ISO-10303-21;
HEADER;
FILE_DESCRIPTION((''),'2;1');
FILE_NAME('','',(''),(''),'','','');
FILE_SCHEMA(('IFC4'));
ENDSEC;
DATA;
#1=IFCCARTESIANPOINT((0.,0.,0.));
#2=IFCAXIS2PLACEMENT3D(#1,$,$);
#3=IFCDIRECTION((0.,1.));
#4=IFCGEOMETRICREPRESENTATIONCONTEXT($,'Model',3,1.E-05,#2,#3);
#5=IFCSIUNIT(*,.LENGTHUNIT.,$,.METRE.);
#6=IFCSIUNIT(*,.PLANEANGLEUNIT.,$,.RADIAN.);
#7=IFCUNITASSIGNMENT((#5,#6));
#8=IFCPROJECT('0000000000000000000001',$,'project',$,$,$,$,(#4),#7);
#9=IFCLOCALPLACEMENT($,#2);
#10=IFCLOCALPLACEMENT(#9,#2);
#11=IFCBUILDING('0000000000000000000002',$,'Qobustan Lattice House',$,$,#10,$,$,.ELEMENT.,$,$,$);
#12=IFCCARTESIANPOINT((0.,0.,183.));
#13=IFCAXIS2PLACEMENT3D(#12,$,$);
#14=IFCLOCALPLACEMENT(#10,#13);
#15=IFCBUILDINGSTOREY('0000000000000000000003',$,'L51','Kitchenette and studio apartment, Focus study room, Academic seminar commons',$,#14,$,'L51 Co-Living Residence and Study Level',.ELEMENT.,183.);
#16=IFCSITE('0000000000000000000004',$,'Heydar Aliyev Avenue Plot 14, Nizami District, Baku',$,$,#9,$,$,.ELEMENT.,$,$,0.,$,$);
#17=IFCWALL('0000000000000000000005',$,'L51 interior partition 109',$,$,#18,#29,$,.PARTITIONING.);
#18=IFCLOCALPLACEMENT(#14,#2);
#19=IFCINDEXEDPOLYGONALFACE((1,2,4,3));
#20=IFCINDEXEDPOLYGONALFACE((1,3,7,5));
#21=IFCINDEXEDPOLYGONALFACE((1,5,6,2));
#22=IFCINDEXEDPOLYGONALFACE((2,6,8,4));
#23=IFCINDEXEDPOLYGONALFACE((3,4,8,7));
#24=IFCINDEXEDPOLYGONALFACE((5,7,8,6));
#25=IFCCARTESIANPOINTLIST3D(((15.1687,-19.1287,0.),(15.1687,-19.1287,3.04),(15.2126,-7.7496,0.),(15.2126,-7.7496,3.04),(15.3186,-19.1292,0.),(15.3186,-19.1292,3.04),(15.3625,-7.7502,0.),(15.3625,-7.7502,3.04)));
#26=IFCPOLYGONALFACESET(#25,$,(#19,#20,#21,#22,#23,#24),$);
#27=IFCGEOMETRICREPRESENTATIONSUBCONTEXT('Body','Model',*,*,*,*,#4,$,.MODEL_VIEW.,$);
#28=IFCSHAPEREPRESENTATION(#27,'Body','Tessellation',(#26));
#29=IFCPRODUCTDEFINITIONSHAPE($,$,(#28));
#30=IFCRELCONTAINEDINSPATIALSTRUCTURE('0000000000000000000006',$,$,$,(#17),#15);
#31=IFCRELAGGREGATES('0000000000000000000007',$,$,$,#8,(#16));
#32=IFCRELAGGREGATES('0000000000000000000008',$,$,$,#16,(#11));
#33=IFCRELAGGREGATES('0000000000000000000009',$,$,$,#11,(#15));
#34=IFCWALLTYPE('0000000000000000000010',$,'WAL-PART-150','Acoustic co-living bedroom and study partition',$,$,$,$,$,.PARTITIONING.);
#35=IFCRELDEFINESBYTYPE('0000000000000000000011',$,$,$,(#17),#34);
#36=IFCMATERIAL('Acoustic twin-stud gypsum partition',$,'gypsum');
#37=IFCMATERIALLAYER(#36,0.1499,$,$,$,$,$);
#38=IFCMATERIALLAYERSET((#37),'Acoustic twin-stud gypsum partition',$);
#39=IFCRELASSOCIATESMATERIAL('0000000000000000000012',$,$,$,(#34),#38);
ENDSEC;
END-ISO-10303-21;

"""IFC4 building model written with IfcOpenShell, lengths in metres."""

from ifc_helpers import new_model, si_unit, direction, frame, frame_2d, origin, place, context, subcontext, project, spatial, rectangle, extrude, material, layer, layer_set, type_object, element, save


model = new_model("IFC4")

# Units and contexts
model_context = context("Model", 3, precision=1e-05, world=origin(), true_north=direction((0.0, 1.0)))
body_context = subcontext(model_context, "Body", "Model", "MODEL_VIEW")
ifc_project = project(units=[si_unit("LENGTHUNIT", "METRE"), si_unit("PLANEANGLEUNIT", "RADIAN")], contexts=[model_context])

# Site, building, storey
site_placement = place(None, origin())
site = spatial("IfcSite", under=ifc_project, at=site_placement, Name="Heydar Aliyev Avenue Plot 14, Nizami District, Baku", CompositionType="ELEMENT", RefElevation=0.0)
building_placement = place(site_placement, origin())
building = spatial("IfcBuilding", under=site, at=building_placement, Name="Qobustan Lattice House", CompositionType="ELEMENT")
storey_placement = place(building_placement, frame((0.0, 0.0, 183.0)))
storey = spatial("IfcBuildingStorey", under=building, at=storey_placement, Name="L51", Description="Kitchenette and studio apartment, Focus study room, Academic seminar commons", LongName="L51 Co-Living Residence and Study Level", CompositionType="ELEMENT", Elevation=183.0)

# Shared definitions
ifc_material_1 = material(Name="Acoustic twin-stud gypsum partition", Category="gypsum")
ifc_layer_1 = layer(ifc_material_1, 0.1499)
ifc_layer_set_1 = layer_set([ifc_layer_1], Name="Acoustic twin-stud gypsum partition")
wall_type_1 = type_object("IfcWallType", Name="WAL-PART-150", Description="Acoustic co-living bedroom and study partition", PredefinedType="PARTITIONING", material=ifc_layer_set_1)

# Wall
wall_1_placement = place(storey_placement, frame((15.2876, -7.75, 0.0), z_axis=(0.0, 0.0, 1.0), x_axis=(-0.003862, -0.999993, 0.0)))
element("IfcWall", 1, at=wall_1_placement, inside=storey, type_object=wall_type_1, Name="L51 interior partition 109", PredefinedType="PARTITIONING", context=body_context, shape_type="SweptSolid", body=[
    extrude(rectangle(XDim=11.3792, YDim=0.1499, at=frame_2d((5.6895, 0.0))), origin(), (0.0, 0.0, 1.0), 3.04),
])

save(model, "model.ifc")
